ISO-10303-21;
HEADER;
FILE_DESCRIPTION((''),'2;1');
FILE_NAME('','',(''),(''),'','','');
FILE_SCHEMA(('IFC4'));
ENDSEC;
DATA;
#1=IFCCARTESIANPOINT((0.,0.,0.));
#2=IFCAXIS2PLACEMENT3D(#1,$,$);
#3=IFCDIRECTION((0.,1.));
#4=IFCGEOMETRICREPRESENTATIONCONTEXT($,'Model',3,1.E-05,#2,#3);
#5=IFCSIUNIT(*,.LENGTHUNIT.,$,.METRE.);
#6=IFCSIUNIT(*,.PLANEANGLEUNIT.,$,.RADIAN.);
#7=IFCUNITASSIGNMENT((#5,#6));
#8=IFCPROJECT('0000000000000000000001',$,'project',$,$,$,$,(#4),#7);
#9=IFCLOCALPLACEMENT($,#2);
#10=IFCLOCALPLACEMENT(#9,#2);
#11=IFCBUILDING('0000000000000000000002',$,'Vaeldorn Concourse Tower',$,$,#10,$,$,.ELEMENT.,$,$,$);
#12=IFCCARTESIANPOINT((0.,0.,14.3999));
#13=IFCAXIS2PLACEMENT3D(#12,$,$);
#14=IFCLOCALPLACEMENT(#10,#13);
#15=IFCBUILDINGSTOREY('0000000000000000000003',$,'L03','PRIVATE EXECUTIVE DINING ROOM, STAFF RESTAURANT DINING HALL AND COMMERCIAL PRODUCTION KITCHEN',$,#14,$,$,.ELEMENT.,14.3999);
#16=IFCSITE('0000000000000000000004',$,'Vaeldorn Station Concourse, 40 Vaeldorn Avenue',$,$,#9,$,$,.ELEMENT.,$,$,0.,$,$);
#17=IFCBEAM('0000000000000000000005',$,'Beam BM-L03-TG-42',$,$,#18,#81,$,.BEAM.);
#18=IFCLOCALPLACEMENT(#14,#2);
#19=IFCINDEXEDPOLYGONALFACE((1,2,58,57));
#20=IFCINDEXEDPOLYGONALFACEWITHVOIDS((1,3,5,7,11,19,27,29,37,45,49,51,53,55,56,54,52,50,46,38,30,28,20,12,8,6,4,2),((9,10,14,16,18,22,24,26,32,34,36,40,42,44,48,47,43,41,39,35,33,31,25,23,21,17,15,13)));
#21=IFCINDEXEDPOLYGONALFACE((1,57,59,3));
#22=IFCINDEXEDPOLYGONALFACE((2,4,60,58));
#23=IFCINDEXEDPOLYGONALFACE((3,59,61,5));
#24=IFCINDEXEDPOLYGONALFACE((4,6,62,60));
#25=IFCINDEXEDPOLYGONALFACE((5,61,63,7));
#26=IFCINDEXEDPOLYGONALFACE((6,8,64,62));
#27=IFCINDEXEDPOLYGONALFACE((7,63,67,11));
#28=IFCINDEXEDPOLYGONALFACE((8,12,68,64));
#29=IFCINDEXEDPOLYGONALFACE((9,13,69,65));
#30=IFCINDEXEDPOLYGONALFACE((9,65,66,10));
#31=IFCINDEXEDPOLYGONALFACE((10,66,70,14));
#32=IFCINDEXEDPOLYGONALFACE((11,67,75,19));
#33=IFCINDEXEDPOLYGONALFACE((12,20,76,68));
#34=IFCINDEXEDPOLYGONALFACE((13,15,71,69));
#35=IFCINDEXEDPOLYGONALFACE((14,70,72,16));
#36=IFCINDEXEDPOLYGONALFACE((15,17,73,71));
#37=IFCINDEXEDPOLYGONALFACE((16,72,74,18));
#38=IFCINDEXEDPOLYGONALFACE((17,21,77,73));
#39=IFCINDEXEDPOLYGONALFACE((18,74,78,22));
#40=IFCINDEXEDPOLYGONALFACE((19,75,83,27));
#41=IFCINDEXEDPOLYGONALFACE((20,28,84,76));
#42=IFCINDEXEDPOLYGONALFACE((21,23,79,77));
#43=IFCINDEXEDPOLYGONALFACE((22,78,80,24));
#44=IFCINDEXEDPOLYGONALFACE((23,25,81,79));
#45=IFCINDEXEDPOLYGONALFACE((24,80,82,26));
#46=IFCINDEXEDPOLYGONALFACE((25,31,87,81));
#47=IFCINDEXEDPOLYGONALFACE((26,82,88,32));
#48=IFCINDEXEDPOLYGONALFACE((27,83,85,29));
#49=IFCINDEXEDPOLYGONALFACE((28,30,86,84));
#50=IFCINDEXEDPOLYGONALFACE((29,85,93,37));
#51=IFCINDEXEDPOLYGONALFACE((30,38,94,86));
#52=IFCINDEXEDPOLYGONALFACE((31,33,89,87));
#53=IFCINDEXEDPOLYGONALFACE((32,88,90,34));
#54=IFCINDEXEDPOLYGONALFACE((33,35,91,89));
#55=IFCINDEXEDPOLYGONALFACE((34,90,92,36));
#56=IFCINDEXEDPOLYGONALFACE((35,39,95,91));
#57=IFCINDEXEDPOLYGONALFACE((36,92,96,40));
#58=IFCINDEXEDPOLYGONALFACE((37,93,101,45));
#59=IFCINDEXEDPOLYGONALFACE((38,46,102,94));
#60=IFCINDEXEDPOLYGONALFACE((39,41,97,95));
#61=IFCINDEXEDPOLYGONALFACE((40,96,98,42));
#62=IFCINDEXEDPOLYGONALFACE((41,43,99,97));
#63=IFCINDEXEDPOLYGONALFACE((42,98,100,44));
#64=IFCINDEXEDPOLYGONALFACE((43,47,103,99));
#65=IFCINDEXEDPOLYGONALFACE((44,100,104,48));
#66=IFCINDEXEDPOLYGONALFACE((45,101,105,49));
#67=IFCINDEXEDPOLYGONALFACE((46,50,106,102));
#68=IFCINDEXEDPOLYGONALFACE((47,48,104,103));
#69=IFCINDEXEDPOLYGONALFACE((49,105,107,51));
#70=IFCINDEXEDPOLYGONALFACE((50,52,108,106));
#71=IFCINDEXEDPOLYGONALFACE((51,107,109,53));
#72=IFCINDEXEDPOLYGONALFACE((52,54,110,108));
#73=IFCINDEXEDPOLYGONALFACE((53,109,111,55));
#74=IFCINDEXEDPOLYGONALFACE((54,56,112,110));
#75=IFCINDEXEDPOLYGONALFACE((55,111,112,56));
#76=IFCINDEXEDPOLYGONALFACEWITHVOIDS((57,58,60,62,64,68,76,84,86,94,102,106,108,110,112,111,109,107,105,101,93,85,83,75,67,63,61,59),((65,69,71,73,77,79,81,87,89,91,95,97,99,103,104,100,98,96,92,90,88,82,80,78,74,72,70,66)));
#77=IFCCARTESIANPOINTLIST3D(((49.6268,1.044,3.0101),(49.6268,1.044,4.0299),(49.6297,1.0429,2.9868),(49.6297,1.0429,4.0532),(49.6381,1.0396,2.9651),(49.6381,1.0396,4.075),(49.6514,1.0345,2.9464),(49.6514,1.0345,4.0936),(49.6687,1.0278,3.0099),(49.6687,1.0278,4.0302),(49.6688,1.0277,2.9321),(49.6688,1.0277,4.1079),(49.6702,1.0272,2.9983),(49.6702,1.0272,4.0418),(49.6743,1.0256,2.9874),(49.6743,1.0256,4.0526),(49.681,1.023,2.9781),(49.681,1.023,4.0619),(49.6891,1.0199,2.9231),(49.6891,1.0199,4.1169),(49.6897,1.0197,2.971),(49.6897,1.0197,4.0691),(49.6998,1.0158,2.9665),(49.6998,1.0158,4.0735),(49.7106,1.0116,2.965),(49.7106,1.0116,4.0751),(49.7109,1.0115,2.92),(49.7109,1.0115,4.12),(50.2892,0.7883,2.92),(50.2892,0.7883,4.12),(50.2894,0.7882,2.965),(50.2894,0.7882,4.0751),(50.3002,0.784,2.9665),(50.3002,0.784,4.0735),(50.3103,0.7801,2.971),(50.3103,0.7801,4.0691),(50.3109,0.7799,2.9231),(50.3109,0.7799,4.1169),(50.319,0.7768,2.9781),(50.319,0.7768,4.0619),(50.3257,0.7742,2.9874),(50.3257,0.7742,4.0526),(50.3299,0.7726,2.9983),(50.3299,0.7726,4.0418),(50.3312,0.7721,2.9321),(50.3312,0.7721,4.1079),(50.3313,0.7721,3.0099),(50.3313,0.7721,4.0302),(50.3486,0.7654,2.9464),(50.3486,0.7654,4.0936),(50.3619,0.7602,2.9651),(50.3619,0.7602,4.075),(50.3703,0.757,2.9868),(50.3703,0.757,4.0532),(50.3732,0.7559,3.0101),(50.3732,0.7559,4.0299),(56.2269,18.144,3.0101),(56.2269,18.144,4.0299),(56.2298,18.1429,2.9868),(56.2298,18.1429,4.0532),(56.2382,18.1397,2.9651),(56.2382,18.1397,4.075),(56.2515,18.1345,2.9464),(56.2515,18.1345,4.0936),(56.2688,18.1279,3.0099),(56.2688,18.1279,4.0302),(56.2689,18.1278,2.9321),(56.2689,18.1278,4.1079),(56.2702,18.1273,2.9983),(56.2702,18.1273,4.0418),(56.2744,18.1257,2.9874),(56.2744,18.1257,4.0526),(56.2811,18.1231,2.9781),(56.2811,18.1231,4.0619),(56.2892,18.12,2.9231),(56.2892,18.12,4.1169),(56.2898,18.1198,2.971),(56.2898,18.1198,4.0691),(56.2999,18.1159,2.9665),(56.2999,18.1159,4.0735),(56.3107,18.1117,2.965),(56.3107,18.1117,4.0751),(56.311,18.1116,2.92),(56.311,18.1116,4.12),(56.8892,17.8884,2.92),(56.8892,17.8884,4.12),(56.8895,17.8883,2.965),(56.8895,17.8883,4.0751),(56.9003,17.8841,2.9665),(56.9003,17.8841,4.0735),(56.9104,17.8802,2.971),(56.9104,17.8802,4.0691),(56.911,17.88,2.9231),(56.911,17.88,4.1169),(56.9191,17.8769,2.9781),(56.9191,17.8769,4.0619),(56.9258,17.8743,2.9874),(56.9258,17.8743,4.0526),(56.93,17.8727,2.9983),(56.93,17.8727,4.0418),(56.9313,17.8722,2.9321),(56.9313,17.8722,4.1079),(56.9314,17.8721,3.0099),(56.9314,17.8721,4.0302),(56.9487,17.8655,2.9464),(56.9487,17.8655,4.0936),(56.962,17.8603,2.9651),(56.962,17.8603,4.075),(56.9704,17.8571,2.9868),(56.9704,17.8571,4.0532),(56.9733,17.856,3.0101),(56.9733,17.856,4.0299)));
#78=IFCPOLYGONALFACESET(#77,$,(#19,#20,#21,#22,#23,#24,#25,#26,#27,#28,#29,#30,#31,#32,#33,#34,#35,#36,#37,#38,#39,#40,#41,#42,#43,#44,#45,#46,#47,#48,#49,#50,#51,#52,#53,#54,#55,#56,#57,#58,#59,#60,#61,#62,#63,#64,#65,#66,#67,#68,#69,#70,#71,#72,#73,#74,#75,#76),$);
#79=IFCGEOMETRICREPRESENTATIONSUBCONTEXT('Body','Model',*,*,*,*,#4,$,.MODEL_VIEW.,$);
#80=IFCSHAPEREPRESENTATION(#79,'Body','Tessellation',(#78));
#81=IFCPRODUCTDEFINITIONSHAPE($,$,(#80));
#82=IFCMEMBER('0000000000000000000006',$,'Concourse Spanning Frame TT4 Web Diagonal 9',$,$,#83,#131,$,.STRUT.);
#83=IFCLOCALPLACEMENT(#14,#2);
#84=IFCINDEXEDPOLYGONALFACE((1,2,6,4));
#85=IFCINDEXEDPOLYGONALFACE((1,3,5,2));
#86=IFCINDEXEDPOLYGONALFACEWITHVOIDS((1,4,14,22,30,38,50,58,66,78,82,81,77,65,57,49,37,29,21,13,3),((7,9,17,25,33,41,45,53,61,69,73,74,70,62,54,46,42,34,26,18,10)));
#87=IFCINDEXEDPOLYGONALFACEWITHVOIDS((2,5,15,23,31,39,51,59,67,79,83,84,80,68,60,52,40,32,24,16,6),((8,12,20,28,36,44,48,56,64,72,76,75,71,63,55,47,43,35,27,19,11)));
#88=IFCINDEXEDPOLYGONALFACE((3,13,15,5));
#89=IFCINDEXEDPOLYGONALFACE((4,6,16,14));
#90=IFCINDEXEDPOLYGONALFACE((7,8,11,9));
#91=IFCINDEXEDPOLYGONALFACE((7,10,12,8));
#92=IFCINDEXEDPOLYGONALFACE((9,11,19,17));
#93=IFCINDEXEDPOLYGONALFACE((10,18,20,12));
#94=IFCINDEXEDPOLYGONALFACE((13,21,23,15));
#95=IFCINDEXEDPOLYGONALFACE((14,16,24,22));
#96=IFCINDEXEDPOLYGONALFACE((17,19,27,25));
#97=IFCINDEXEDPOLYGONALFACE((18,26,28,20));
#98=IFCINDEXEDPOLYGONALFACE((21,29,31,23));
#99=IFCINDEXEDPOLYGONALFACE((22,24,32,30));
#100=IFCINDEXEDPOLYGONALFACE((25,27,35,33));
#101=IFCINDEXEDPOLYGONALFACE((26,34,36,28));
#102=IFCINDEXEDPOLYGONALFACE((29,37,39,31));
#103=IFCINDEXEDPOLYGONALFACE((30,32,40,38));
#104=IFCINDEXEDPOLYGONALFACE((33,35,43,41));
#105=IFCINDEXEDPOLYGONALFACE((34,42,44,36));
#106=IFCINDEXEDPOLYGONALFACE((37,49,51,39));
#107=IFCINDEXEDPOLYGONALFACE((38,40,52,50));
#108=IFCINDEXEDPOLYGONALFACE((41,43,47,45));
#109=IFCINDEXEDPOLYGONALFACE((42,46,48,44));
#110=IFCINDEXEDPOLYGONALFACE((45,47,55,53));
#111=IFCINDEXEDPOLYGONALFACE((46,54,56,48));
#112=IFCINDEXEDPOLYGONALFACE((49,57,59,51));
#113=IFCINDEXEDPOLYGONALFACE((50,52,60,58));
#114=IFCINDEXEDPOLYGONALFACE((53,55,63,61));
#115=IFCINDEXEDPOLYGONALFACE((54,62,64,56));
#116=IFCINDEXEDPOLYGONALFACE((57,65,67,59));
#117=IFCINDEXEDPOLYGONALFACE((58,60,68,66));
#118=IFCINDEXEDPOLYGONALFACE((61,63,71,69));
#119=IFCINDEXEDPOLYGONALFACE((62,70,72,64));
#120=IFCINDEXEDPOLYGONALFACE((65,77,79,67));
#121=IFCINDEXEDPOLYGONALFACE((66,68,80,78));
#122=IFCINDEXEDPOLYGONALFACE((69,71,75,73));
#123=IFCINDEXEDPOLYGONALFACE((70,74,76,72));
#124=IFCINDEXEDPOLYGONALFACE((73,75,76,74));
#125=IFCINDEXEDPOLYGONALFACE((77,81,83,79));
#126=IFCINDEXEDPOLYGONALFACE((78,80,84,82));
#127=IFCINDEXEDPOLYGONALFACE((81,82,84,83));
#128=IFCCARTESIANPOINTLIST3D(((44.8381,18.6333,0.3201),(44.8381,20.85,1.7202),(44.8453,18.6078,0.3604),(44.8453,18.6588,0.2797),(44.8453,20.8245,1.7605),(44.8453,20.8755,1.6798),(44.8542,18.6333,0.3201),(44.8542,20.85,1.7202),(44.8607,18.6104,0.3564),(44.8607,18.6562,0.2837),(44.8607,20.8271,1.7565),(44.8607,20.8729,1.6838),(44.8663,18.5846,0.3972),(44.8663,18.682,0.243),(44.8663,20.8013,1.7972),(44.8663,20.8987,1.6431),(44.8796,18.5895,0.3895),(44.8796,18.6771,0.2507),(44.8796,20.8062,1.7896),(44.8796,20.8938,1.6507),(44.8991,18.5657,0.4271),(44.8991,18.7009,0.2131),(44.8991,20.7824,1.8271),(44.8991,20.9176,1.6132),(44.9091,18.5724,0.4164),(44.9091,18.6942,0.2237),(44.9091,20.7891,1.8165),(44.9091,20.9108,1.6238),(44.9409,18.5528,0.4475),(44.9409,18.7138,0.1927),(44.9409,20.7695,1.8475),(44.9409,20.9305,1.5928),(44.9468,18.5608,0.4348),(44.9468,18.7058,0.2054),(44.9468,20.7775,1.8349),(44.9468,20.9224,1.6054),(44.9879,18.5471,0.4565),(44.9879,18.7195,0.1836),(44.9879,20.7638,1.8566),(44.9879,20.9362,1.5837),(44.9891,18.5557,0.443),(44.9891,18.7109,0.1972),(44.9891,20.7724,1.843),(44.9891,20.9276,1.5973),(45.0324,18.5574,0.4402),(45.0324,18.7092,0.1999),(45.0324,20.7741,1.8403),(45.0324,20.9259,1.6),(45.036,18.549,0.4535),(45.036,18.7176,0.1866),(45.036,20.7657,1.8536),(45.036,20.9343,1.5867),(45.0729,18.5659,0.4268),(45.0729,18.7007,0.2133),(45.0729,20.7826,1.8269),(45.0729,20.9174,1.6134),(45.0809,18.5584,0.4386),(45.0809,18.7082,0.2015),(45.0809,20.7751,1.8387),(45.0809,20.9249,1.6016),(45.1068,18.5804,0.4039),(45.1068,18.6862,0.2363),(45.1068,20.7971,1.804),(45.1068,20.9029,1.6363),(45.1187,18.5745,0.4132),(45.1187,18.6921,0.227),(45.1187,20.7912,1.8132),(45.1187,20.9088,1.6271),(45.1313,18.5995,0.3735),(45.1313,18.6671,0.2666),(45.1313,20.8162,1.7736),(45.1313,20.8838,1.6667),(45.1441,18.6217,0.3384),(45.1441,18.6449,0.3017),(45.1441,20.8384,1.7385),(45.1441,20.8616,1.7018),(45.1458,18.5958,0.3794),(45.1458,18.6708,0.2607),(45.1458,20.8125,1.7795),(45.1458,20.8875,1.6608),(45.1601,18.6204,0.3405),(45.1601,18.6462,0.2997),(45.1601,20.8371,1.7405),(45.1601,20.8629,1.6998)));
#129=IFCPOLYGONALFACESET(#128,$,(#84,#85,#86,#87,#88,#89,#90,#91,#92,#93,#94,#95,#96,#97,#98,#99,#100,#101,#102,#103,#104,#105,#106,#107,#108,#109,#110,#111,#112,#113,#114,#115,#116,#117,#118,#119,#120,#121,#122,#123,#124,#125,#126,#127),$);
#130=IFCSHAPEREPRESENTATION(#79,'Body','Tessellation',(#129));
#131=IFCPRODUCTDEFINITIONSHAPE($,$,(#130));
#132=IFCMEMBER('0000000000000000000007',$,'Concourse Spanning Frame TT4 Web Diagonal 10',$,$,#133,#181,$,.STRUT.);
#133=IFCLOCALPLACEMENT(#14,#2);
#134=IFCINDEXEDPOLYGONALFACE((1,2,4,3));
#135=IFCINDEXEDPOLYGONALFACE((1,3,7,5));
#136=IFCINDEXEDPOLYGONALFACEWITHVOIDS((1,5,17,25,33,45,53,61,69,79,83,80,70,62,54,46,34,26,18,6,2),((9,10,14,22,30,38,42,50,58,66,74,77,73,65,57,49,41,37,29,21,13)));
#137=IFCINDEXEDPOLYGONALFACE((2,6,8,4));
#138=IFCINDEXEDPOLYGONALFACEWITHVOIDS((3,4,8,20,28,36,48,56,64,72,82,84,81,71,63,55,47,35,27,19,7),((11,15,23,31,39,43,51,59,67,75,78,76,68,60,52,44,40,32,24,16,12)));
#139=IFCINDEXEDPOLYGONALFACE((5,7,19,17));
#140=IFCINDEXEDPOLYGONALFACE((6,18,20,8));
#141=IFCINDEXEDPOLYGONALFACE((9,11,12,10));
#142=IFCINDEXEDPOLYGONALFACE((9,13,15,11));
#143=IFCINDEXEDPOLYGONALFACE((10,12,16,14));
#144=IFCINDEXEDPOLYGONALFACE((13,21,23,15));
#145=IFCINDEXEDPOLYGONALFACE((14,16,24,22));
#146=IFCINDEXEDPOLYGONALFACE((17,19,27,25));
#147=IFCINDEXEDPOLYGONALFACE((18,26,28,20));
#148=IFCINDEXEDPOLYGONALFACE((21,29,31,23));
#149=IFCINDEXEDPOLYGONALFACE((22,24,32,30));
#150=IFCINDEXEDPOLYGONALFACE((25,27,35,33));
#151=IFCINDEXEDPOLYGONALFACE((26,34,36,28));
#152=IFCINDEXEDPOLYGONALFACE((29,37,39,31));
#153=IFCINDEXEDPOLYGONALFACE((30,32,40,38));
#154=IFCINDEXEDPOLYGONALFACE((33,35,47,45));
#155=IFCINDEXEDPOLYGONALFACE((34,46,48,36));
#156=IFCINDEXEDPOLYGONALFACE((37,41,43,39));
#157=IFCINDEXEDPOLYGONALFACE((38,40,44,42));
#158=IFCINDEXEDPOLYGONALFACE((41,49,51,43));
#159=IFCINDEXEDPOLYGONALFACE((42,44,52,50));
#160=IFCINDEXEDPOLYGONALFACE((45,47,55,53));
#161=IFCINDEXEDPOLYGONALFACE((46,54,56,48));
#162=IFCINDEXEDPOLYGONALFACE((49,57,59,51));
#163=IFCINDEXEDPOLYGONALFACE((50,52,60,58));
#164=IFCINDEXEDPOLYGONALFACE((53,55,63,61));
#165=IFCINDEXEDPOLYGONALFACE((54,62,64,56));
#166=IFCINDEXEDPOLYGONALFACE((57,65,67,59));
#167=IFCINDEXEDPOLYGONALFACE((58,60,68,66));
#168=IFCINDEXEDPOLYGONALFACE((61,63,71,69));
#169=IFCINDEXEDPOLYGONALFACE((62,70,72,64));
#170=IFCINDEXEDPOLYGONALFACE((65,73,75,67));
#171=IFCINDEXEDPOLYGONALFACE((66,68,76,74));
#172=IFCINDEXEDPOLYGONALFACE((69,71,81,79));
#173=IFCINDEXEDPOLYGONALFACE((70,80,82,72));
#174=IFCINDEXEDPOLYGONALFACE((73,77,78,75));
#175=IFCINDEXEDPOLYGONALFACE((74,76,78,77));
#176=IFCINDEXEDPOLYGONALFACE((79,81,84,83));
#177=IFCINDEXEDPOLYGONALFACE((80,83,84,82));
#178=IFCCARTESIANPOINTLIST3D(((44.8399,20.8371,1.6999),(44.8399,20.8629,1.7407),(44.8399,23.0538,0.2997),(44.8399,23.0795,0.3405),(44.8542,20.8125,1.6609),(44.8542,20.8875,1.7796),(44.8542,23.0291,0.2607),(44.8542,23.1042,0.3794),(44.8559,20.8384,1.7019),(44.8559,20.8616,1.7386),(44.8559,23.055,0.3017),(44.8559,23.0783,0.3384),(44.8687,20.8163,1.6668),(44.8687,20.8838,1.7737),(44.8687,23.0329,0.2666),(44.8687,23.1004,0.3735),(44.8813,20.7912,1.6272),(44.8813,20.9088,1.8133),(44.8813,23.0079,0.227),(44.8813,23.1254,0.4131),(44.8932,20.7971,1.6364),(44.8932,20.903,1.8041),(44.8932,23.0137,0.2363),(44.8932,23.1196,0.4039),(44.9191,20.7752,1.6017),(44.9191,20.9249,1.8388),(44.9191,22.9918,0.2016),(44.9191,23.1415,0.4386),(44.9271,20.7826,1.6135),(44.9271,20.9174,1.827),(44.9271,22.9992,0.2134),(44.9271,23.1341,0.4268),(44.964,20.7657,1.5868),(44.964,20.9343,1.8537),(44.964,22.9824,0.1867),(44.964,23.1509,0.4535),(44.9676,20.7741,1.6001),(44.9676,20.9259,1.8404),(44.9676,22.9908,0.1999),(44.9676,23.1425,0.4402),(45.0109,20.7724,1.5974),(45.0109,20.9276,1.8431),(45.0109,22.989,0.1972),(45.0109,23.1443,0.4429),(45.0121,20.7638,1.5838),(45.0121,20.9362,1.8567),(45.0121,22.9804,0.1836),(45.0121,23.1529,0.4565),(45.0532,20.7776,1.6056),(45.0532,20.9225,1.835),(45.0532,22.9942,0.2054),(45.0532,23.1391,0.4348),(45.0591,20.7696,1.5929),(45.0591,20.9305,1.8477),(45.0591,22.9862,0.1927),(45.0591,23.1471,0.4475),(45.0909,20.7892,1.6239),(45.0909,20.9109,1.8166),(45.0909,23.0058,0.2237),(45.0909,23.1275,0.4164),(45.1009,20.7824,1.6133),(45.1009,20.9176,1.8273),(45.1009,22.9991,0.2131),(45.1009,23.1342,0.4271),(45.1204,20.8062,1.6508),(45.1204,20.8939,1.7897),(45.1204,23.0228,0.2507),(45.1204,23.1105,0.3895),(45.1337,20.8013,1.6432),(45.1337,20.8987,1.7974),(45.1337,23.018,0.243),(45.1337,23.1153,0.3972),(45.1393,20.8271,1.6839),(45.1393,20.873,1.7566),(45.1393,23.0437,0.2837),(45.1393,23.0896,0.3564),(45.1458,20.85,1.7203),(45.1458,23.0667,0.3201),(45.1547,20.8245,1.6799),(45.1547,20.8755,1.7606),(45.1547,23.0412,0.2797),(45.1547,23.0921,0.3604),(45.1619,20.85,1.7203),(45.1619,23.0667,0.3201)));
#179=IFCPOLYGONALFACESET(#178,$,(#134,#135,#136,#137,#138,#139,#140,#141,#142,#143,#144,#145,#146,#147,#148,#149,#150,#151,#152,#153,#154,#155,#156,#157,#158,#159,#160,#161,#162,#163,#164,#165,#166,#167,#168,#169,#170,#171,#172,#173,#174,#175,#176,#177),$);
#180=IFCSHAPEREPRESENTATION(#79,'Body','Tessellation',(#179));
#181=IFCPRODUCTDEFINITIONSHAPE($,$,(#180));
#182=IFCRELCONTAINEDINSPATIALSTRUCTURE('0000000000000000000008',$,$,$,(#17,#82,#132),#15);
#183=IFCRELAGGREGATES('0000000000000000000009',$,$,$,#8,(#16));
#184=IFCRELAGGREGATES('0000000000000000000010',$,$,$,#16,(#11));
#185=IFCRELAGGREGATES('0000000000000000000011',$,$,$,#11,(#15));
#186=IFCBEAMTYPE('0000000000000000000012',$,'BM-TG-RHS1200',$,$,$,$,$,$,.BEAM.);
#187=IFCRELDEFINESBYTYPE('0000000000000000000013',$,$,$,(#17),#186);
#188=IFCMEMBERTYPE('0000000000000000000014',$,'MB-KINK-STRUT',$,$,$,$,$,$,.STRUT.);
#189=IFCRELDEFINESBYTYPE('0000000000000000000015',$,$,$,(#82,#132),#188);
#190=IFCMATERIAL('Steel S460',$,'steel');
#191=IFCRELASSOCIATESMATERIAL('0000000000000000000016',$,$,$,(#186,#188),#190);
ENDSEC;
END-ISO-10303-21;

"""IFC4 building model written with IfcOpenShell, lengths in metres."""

from ifc_helpers import new_model, si_unit, direction, frame, origin, origin_2d, place, context, subcontext, project, spatial, hollow_rectangle, hollow_circle, extrude, source, transform, mapped, material, material_profile, profile_set, type_object, element, save


model = new_model("IFC4")

# Units and contexts
model_context = context("Model", 3, precision=1e-05, world=origin(), true_north=direction((0.0, 1.0)))
body_context = subcontext(model_context, "Body", "Model", "MODEL_VIEW")
ifc_project = project(units=[si_unit("LENGTHUNIT", "METRE"), si_unit("PLANEANGLEUNIT", "RADIAN")], contexts=[model_context])

# Site, building, storey
site_placement = place(None, origin())
site = spatial("IfcSite", under=ifc_project, at=site_placement, Name="Vaeldorn Station Concourse, 40 Vaeldorn Avenue", CompositionType="ELEMENT", RefElevation=0.0)
building_placement = place(site_placement, origin())
building = spatial("IfcBuilding", under=site, at=building_placement, Name="Vaeldorn Concourse Tower", CompositionType="ELEMENT")
storey_placement = place(building_placement, frame((0.0, 0.0, 14.3999)))
storey = spatial("IfcBuildingStorey", under=building, at=storey_placement, Name="L03", Description="PRIVATE EXECUTIVE DINING ROOM, STAFF RESTAURANT DINING HALL AND COMMERCIAL PRODUCTION KITCHEN", CompositionType="ELEMENT", Elevation=14.3999)

# Shared definitions
ifc_material_1 = material(Name="Steel S460", Category="steel")

# Beam
ifc_material_profile_1 = material_profile(ifc_material_1, hollow_rectangle(XDim=0.8, YDim=1.2, WallThickness=0.0449, InnerFilletRadius=0.0449, OuterFilletRadius=0.0901, at=origin_2d()), Name="RHS 1200x800x45")
ifc_profile_set_1 = profile_set([ifc_material_profile_1], Name="Steel S460")
beam_type_1 = type_object("IfcBeamType", Name="BM-TG-RHS1200", PredefinedType="BEAM", material=ifc_profile_set_1)
shared_shape_1 = source(origin(), body_context, "Body", "SweptSolid", [
    extrude(hollow_rectangle(XDim=0.8, YDim=1.2, WallThickness=0.0449, InnerFilletRadius=0.0449, OuterFilletRadius=0.0901, at=origin_2d()), origin(), (0.0, 0.0, 1.0), 18.3296),
])
beam_1_placement = place(storey_placement, frame((56.6001, 18.0, 3.52), z_axis=(-0.360078, -0.932922, 0.0), x_axis=(0.932922, -0.360078, 0.0)))
element("IfcBeam", 1, at=beam_1_placement, inside=storey, type_object=beam_type_1, Name="Beam BM-L03-TG-42", PredefinedType="BEAM", context=body_context, shape_type="MappedRepresentation", body=[
    mapped(shared_shape_1, transform((0.0, 0.0, 0.0), scale=1.0)),
])

# Members
ifc_material_profile_2 = material_profile(ifc_material_1, hollow_circle(Radius=0.1619, WallThickness=0.0161, at=origin_2d()), Name="CHS 323.9x16")
ifc_profile_set_2 = profile_set([ifc_material_profile_2], Name="Steel S460")
member_type_1 = type_object("IfcMemberType", Name="MB-KINK-STRUT", PredefinedType="STRUT", material=ifc_profile_set_2)
shared_shape_2 = source(origin(), body_context, "Body", "SweptSolid", [
    extrude(hollow_circle(Radius=0.1619, WallThickness=0.0161, at=origin_2d()), origin(), (0.0, 0.0, 1.0), 2.6218),
])
for number, where, z_axis, x_axis, name in (
    (2, (45.0, 18.6333, 0.3201), (0.0, 0.845478, 0.534011), (-1.0, 0.0, 0.0), "Concourse Spanning Frame TT4 Web Diagonal 9"),
    (3, (45.0, 23.0667, 0.3201), (0.0, -0.845451, 0.534053), (1.0, 0.0, 0.0), "Concourse Spanning Frame TT4 Web Diagonal 10"),
):
    element("IfcMember", number, at=place(storey_placement, frame(where, z_axis=z_axis, x_axis=x_axis)), inside=storey, type_object=member_type_1, Name=name, PredefinedType="STRUT", context=body_context, shape_type="MappedRepresentation", body=[
        mapped(shared_shape_2, transform((0.0, 0.0, 0.0), scale=1.0)),
    ])

save(model, "model.ifc")
